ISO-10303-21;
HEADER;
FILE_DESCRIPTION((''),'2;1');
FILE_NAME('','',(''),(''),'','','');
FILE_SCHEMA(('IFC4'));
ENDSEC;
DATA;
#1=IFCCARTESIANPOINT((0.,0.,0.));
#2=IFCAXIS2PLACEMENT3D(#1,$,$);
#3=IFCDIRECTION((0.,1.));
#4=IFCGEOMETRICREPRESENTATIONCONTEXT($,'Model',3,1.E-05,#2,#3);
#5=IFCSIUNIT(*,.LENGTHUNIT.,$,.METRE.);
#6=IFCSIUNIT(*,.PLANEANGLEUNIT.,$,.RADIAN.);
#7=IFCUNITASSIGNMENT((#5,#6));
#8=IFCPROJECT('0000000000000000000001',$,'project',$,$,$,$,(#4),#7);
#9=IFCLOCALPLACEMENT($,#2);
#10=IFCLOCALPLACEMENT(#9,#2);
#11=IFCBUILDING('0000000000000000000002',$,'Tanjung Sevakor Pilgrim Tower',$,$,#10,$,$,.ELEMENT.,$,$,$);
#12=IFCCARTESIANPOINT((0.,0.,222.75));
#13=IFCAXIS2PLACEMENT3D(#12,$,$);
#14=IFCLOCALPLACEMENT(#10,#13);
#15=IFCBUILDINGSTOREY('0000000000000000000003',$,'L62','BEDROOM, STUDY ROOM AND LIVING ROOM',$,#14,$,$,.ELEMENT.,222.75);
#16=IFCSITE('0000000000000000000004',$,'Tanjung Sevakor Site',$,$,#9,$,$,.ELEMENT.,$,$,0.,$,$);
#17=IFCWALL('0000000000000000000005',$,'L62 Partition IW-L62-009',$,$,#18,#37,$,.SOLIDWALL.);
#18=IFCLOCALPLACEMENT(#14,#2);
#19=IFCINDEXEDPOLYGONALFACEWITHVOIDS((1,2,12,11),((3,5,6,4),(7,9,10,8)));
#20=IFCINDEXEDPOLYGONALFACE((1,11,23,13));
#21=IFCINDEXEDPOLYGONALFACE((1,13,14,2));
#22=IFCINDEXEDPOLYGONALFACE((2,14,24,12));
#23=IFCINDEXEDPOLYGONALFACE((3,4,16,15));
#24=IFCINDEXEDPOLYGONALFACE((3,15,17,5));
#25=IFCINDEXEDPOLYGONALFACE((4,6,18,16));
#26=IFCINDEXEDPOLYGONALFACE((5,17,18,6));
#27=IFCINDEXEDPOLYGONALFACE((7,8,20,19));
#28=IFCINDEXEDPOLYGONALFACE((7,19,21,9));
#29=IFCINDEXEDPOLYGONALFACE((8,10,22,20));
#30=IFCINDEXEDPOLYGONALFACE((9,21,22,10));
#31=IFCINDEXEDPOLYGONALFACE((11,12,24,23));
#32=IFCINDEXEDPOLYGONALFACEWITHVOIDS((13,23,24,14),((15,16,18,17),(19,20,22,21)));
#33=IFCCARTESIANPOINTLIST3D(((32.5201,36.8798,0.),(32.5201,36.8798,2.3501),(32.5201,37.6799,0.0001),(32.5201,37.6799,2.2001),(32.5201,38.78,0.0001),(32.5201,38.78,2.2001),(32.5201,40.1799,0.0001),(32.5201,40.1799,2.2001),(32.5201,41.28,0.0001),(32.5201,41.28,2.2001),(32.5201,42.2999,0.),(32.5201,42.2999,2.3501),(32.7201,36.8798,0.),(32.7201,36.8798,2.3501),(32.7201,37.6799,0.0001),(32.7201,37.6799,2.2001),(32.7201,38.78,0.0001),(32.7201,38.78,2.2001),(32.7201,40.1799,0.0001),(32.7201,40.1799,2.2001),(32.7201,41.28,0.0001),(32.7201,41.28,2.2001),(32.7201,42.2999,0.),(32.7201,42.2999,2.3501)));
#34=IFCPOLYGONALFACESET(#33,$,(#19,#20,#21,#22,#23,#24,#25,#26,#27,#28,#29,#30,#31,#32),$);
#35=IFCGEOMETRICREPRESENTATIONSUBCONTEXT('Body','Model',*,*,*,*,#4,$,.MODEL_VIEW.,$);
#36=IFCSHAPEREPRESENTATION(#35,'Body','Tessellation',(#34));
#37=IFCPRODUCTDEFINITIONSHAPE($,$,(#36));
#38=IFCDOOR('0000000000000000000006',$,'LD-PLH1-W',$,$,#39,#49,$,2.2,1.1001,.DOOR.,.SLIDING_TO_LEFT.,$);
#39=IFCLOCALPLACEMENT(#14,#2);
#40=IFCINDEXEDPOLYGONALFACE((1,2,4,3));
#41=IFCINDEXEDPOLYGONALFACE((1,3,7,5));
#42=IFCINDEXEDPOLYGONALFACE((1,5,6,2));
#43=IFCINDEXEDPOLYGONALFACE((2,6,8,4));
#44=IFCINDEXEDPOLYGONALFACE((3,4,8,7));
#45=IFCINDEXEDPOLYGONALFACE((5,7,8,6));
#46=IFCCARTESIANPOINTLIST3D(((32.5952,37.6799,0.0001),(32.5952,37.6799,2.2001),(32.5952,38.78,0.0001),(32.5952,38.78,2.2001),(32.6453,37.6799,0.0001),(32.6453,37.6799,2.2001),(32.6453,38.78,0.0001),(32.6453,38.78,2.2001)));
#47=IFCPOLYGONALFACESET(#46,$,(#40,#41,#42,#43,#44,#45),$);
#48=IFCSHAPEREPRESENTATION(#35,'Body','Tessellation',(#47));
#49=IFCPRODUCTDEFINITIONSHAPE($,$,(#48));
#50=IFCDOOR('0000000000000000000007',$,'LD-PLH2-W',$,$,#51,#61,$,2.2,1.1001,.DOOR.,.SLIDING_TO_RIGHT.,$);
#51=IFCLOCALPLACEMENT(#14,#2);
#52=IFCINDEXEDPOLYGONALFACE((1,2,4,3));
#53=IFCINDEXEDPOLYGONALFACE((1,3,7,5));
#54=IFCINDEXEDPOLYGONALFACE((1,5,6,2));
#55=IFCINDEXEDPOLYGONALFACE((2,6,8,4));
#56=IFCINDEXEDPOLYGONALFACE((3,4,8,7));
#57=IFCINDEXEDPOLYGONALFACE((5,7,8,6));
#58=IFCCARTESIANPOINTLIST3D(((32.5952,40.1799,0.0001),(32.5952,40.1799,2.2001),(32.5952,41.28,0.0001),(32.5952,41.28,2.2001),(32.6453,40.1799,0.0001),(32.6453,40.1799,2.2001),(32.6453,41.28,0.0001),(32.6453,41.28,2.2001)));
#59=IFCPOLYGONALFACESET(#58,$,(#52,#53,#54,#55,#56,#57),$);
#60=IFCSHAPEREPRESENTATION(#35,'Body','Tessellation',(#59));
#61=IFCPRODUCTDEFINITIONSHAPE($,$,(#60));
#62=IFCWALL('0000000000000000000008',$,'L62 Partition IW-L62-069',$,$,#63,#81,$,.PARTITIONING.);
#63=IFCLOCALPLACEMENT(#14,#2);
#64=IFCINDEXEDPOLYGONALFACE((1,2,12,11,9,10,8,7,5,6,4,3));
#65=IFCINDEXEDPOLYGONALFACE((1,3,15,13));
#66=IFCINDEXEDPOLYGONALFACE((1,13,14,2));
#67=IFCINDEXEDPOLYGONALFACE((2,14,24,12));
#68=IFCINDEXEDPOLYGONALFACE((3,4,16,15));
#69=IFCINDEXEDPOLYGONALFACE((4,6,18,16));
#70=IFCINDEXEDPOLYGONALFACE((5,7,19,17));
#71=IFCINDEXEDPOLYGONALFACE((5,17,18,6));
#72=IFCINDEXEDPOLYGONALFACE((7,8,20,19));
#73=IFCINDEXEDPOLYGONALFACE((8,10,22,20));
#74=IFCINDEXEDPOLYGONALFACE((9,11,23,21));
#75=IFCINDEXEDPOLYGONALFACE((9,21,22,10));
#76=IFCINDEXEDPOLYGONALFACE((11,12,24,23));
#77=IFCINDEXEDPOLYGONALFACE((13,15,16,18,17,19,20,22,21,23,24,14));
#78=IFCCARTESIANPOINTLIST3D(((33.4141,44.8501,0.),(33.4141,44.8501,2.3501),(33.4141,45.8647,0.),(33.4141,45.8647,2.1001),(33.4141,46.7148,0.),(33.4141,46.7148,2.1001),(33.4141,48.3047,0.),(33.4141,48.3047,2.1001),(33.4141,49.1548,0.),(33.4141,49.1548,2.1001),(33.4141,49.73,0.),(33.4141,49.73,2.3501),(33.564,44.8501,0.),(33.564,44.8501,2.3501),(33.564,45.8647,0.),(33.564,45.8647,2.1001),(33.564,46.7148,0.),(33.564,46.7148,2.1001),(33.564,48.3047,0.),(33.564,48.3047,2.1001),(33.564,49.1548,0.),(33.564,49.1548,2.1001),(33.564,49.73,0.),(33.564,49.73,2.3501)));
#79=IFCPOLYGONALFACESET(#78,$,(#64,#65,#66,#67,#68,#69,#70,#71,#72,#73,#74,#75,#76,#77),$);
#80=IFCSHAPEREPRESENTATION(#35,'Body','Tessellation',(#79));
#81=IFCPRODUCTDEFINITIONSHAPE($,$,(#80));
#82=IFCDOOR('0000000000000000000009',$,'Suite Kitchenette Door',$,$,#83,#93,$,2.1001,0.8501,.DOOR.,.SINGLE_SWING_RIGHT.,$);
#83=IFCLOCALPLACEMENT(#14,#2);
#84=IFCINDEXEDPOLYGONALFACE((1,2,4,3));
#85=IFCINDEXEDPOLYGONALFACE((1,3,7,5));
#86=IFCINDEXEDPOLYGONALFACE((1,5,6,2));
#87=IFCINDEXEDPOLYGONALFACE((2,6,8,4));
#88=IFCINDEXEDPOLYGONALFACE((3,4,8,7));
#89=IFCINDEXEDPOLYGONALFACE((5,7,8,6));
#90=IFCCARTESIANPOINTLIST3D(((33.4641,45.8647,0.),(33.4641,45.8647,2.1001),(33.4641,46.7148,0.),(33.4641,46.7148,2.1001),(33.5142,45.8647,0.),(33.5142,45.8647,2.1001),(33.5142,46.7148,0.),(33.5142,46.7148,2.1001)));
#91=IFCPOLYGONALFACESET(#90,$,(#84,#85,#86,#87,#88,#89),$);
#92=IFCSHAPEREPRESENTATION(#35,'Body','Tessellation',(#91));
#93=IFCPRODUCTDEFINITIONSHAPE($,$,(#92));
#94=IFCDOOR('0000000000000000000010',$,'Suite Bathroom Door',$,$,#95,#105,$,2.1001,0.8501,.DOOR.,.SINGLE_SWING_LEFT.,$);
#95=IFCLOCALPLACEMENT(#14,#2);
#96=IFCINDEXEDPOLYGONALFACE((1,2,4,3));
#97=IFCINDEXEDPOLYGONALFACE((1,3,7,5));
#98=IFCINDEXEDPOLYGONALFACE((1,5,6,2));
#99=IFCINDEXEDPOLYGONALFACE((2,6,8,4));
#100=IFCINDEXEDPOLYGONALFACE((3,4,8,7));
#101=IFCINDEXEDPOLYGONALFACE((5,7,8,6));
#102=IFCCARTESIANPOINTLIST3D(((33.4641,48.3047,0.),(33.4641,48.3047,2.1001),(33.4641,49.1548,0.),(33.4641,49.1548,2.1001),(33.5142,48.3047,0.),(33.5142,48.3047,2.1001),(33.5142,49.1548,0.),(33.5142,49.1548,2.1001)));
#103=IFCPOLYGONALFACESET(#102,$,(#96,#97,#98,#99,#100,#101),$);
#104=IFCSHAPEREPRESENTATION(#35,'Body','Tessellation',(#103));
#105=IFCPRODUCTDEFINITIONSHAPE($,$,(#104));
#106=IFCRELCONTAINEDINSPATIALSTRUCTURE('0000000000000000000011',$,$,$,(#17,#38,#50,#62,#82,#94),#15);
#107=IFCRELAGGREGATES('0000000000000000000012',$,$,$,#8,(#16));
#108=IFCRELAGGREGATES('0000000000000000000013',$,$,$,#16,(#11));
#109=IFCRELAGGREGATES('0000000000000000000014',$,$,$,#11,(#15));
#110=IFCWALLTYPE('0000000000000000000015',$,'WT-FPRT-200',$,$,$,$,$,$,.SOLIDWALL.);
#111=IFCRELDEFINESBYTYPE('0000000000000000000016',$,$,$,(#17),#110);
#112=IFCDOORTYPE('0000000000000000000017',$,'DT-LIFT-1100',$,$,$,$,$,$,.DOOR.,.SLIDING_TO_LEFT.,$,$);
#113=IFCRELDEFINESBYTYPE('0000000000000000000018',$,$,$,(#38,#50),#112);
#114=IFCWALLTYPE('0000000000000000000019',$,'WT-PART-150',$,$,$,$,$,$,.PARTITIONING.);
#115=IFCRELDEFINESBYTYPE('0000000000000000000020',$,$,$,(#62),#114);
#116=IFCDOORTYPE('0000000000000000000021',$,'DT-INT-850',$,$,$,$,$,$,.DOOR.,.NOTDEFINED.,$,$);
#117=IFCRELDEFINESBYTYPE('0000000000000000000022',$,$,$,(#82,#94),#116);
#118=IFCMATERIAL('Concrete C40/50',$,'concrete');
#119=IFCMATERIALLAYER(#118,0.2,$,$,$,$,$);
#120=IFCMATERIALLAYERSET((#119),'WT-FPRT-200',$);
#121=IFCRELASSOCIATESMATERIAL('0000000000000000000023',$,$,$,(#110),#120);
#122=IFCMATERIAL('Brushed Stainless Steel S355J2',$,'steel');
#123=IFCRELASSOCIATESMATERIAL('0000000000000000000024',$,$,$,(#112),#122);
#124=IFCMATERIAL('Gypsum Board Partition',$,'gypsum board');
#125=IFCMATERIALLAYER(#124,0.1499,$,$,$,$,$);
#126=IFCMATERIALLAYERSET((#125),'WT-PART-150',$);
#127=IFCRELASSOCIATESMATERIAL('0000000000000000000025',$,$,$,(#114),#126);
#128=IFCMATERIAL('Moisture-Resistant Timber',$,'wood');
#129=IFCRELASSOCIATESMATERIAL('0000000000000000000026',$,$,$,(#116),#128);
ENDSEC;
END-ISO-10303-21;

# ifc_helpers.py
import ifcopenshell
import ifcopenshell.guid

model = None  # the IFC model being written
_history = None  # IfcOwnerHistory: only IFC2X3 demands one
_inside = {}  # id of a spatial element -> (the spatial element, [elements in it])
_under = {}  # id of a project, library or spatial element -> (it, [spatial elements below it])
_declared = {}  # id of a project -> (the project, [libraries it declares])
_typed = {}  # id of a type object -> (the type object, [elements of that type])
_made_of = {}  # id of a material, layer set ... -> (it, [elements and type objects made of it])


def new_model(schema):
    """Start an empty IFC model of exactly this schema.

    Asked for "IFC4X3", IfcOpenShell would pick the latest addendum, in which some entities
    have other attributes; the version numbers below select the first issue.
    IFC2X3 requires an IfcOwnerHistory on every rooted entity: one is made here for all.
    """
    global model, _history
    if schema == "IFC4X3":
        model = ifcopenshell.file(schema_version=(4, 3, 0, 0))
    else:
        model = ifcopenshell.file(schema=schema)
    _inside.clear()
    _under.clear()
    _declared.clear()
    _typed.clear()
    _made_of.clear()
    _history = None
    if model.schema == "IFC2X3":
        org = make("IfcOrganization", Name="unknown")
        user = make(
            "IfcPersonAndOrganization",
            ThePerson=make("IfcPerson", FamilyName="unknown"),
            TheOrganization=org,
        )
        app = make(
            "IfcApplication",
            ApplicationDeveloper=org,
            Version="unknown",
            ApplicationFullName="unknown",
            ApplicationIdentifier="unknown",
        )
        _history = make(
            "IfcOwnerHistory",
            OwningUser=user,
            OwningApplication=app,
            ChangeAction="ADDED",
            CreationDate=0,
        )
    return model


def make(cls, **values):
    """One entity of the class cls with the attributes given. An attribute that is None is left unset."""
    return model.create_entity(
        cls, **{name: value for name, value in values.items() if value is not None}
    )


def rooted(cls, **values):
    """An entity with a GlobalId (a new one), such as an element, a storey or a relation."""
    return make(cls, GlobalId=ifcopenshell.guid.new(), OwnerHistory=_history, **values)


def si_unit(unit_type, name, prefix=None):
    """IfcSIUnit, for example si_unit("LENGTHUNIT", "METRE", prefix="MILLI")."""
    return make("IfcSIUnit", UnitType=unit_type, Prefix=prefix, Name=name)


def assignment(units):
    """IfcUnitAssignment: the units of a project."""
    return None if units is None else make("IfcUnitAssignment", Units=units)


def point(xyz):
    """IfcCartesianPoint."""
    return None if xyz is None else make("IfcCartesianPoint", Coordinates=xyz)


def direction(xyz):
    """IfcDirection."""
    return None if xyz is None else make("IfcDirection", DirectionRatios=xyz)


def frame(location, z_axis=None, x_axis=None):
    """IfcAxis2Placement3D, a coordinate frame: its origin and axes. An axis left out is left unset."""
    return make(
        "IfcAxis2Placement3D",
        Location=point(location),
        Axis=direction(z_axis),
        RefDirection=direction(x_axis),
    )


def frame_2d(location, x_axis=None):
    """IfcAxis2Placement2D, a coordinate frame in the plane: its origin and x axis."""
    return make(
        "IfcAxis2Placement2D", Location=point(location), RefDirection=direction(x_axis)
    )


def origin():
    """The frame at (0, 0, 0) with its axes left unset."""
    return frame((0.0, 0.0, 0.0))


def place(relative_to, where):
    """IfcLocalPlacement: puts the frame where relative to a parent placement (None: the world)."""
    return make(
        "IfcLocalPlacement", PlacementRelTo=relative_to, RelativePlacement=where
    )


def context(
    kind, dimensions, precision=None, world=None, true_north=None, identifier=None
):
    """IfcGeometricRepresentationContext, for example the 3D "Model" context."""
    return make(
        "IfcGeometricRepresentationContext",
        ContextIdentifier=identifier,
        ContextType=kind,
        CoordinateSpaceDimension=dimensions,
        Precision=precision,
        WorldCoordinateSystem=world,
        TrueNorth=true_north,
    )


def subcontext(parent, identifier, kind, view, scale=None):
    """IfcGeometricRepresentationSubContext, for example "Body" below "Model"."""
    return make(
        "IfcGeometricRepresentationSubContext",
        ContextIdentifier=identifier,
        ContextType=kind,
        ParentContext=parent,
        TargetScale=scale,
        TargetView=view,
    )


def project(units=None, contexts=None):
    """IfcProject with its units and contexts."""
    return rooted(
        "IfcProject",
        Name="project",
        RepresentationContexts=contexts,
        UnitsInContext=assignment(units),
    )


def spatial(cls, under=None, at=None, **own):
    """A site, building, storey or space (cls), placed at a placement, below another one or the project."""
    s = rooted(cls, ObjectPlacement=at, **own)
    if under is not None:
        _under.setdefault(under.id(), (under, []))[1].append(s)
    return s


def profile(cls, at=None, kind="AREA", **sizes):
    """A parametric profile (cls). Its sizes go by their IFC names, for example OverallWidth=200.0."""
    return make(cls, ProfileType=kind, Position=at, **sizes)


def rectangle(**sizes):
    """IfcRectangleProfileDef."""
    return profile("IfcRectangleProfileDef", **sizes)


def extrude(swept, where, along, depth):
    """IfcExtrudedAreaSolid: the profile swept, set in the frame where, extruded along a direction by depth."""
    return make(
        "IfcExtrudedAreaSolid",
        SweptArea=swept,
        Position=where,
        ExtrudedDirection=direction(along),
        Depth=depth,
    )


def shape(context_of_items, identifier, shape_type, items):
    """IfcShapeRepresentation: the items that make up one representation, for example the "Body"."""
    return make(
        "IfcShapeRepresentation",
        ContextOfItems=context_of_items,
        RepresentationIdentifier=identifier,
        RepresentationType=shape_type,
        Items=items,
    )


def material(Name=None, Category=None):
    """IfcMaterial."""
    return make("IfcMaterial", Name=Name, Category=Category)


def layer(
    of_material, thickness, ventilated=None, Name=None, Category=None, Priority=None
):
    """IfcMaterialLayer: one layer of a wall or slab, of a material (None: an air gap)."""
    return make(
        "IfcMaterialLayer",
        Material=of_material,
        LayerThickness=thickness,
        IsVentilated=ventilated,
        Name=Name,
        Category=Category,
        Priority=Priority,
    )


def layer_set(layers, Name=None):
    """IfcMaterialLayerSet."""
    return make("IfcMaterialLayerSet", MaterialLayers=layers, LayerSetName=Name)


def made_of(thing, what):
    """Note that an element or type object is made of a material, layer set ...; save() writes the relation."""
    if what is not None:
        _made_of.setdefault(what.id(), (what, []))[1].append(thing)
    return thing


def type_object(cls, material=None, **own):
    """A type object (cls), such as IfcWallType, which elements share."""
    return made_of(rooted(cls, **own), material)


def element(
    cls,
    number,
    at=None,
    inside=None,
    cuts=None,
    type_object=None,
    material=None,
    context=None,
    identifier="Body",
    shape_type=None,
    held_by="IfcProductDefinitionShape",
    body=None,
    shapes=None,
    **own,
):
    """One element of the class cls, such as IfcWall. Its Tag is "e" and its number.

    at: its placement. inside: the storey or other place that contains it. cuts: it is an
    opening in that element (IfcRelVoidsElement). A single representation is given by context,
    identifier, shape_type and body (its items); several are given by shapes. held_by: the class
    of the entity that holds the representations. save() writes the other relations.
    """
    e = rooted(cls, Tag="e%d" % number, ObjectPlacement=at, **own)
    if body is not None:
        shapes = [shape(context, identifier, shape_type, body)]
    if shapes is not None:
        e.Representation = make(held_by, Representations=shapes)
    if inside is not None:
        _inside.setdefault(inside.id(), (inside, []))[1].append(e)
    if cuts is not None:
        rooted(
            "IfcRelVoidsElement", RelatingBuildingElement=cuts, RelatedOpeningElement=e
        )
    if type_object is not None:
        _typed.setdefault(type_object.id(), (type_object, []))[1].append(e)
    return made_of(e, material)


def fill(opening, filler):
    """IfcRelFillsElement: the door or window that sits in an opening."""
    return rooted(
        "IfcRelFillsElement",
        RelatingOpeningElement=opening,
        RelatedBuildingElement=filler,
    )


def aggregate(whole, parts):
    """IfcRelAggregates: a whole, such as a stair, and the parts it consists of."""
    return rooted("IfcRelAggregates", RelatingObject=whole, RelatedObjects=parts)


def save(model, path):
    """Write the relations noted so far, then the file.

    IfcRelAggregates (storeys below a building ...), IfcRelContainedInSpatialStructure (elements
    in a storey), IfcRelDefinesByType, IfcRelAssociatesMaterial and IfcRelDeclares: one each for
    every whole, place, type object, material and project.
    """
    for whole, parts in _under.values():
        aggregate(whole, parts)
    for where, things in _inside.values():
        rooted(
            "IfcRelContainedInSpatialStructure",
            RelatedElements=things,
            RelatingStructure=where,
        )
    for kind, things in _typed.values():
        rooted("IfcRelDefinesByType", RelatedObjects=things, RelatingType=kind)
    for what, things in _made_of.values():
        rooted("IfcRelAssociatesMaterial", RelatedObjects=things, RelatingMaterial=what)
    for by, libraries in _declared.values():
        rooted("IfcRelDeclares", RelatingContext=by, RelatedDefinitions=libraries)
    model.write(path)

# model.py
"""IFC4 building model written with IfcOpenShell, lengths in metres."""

from ifc_helpers import new_model, si_unit, direction, frame, frame_2d, origin, place, context, subcontext, project, spatial, rectangle, extrude, material, layer, layer_set, type_object, element, fill, save


model = new_model("IFC4")

# Units and contexts
model_context = context("Model", 3, precision=1e-05, world=origin(), true_north=direction((0.0, 1.0)))
body_context = subcontext(model_context, "Body", "Model", "MODEL_VIEW")
ifc_project = project(units=[si_unit("LENGTHUNIT", "METRE"), si_unit("PLANEANGLEUNIT", "RADIAN")], contexts=[model_context])

# Site, building, storey
site_placement = place(None, origin())
site = spatial("IfcSite", under=ifc_project, at=site_placement, Name="Tanjung Sevakor Site", CompositionType="ELEMENT", RefElevation=0.0)
building_placement = place(site_placement, origin())
building = spatial("IfcBuilding", under=site, at=building_placement, Name="Tanjung Sevakor Pilgrim Tower", CompositionType="ELEMENT")
storey_placement = place(building_placement, frame((0.0, 0.0, 222.75)))
storey = spatial("IfcBuildingStorey", under=building, at=storey_placement, Name="L62", Description="BEDROOM, STUDY ROOM AND LIVING ROOM", CompositionType="ELEMENT", Elevation=222.75)

# Shared definitions
ifc_material_1 = material(Name="Concrete C40/50", Category="concrete")
ifc_layer_1 = layer(ifc_material_1, 0.2)
ifc_layer_set_1 = layer_set([ifc_layer_1], Name="WT-FPRT-200")
wall_type_1 = type_object("IfcWallType", Name="WT-FPRT-200", PredefinedType="SOLIDWALL", material=ifc_layer_set_1)

# Walls, openings, doors
wall_1_placement = place(storey_placement, frame((32.6201, 36.8799, 0.0), z_axis=(0.0, 0.0, 1.0), x_axis=(0.0, 1.0, 0.0)))
wall_1 = element("IfcWall", 1, at=wall_1_placement, inside=storey, type_object=wall_type_1, Name="L62 Partition IW-L62-009", PredefinedType="SOLIDWALL", context=body_context, shape_type="SweptSolid", body=[
    extrude(rectangle(XDim=5.4202, YDim=0.2, at=frame_2d((2.71, 0.0))), origin(), (0.0, 0.0, 1.0), 2.3501),
])
opening_1_placement = place(wall_1_placement, frame((0.8, 0.0, 0.0)))
opening_1 = element("IfcOpeningElement", 2, at=opening_1_placement, cuts=wall_1, PredefinedType="OPENING", context=body_context, shape_type="SweptSolid", body=[
    extrude(rectangle(XDim=1.1001, YDim=2.2, at=frame_2d((0.55, 1.1001))), frame((0.0, 0.1099, 0.0), z_axis=(0.0, -1.0, 0.0), x_axis=(1.0, 0.0, 0.0)), (0.0, 0.0, 1.0), 0.22),
])
opening_2_placement = place(wall_1_placement, frame((3.3, 0.0, 0.0)))
opening_2 = element("IfcOpeningElement", 3, at=opening_2_placement, cuts=wall_1, PredefinedType="OPENING", context=body_context, shape_type="SweptSolid", body=[
    extrude(rectangle(XDim=1.1001, YDim=2.2, at=frame_2d((0.55, 1.1001))), frame((0.0, 0.1099, 0.0), z_axis=(0.0, -1.0, 0.0), x_axis=(1.0, 0.0, 0.0)), (0.0, 0.0, 1.0), 0.22),
])
ifc_material_2 = material(Name="Brushed Stainless Steel S355J2", Category="steel")
door_type_1 = type_object("IfcDoorType", Name="DT-LIFT-1100", OperationType="SLIDING_TO_LEFT", PredefinedType="DOOR", material=ifc_material_2)
door_1_placement = place(opening_1_placement, origin())
door_1 = element("IfcDoor", 4, at=door_1_placement, inside=storey, type_object=door_type_1, Name="LD-PLH1-W", OperationType="SLIDING_TO_LEFT", OverallHeight=2.2, OverallWidth=1.1001, PredefinedType="DOOR", context=body_context, shape_type="SweptSolid", body=[
    extrude(rectangle(XDim=1.1001, YDim=2.2, at=frame_2d((0.55, 1.1001))), frame((0.0, 0.0249, 0.0), z_axis=(0.0, -1.0, 0.0), x_axis=(1.0, 0.0, 0.0)), (0.0, 0.0, 1.0), 0.05),
])
fill(opening_1, door_1)
door_2_placement = place(opening_2_placement, origin())
door_2 = element("IfcDoor", 5, at=door_2_placement, inside=storey, type_object=door_type_1, Name="LD-PLH2-W", OperationType="SLIDING_TO_RIGHT", OverallHeight=2.2, OverallWidth=1.1001, PredefinedType="DOOR", context=body_context, shape_type="SweptSolid", body=[
    extrude(rectangle(XDim=1.1001, YDim=2.2, at=frame_2d((0.55, 1.1001))), frame((0.0, 0.0249, 0.0), z_axis=(0.0, -1.0, 0.0), x_axis=(1.0, 0.0, 0.0)), (0.0, 0.0, 1.0), 0.05),
])
fill(opening_2, door_2)
ifc_material_3 = material(Name="Gypsum Board Partition", Category="gypsum board")
ifc_layer_2 = layer(ifc_material_3, 0.1499)
ifc_layer_set_2 = layer_set([ifc_layer_2], Name="WT-PART-150")
wall_type_2 = type_object("IfcWallType", Name="WT-PART-150", PredefinedType="PARTITIONING", material=ifc_layer_set_2)
wall_2_placement = place(storey_placement, frame((33.489, 44.8501, 0.0), z_axis=(0.0, 0.0, 1.0), x_axis=(0.0, 1.0, 0.0)))
wall_2 = element("IfcWall", 6, at=wall_2_placement, inside=storey, type_object=wall_type_2, Name="L62 Partition IW-L62-069", PredefinedType="PARTITIONING", context=body_context, shape_type="SweptSolid", body=[
    extrude(rectangle(XDim=4.8799, YDim=0.1499, at=frame_2d((2.4399, 0.0))), origin(), (0.0, 0.0, 1.0), 2.3501),
])
opening_3_placement = place(wall_2_placement, frame((1.0146, 0.0, 0.0)))
opening_3 = element("IfcOpeningElement", 7, at=opening_3_placement, cuts=wall_2, PredefinedType="OPENING", context=body_context, shape_type="SweptSolid", body=[
    extrude(rectangle(XDim=0.8501, YDim=2.1001, at=frame_2d((0.425, 1.05))), frame((0.0, 0.085, 0.0), z_axis=(0.0, -1.0, 0.0), x_axis=(1.0, 0.0, 0.0)), (0.0, 0.0, 1.0), 0.1699),
])
opening_4_placement = place(wall_2_placement, frame((3.4546, 0.0, 0.0)))
opening_4 = element("IfcOpeningElement", 8, at=opening_4_placement, cuts=wall_2, PredefinedType="OPENING", context=body_context, shape_type="SweptSolid", body=[
    extrude(rectangle(XDim=0.8501, YDim=2.1001, at=frame_2d((0.425, 1.05))), frame((0.0, 0.085, 0.0), z_axis=(0.0, -1.0, 0.0), x_axis=(1.0, 0.0, 0.0)), (0.0, 0.0, 1.0), 0.1699),
])
ifc_material_4 = material(Name="Moisture-Resistant Timber", Category="wood")
door_type_2 = type_object("IfcDoorType", Name="DT-INT-850", OperationType="NOTDEFINED", PredefinedType="DOOR", material=ifc_material_4)
door_3_placement = place(opening_3_placement, origin())
door_3 = element("IfcDoor", 9, at=door_3_placement, inside=storey, type_object=door_type_2, Name="Suite Kitchenette Door", OperationType="SINGLE_SWING_RIGHT", OverallHeight=2.1001, OverallWidth=0.8501, PredefinedType="DOOR", context=body_context, shape_type="SweptSolid", body=[
    extrude(rectangle(XDim=0.8501, YDim=2.1001, at=frame_2d((0.425, 1.05))), frame((0.0, 0.0249, 0.0), z_axis=(0.0, -1.0, 0.0), x_axis=(1.0, 0.0, 0.0)), (0.0, 0.0, 1.0), 0.05),
])
fill(opening_3, door_3)
door_4_placement = place(opening_4_placement, origin())
door_4 = element("IfcDoor", 10, at=door_4_placement, inside=storey, type_object=door_type_2, Name="Suite Bathroom Door", OperationType="SINGLE_SWING_LEFT", OverallHeight=2.1001, OverallWidth=0.8501, PredefinedType="DOOR", context=body_context, shape_type="SweptSolid", body=[
    extrude(rectangle(XDim=0.8501, YDim=2.1001, at=frame_2d((0.425, 1.05))), frame((0.0, 0.0249, 0.0), z_axis=(0.0, -1.0, 0.0), x_axis=(1.0, 0.0, 0.0)), (0.0, 0.0, 1.0), 0.05),
])
fill(opening_4, door_4)

save(model, "model.ifc")
